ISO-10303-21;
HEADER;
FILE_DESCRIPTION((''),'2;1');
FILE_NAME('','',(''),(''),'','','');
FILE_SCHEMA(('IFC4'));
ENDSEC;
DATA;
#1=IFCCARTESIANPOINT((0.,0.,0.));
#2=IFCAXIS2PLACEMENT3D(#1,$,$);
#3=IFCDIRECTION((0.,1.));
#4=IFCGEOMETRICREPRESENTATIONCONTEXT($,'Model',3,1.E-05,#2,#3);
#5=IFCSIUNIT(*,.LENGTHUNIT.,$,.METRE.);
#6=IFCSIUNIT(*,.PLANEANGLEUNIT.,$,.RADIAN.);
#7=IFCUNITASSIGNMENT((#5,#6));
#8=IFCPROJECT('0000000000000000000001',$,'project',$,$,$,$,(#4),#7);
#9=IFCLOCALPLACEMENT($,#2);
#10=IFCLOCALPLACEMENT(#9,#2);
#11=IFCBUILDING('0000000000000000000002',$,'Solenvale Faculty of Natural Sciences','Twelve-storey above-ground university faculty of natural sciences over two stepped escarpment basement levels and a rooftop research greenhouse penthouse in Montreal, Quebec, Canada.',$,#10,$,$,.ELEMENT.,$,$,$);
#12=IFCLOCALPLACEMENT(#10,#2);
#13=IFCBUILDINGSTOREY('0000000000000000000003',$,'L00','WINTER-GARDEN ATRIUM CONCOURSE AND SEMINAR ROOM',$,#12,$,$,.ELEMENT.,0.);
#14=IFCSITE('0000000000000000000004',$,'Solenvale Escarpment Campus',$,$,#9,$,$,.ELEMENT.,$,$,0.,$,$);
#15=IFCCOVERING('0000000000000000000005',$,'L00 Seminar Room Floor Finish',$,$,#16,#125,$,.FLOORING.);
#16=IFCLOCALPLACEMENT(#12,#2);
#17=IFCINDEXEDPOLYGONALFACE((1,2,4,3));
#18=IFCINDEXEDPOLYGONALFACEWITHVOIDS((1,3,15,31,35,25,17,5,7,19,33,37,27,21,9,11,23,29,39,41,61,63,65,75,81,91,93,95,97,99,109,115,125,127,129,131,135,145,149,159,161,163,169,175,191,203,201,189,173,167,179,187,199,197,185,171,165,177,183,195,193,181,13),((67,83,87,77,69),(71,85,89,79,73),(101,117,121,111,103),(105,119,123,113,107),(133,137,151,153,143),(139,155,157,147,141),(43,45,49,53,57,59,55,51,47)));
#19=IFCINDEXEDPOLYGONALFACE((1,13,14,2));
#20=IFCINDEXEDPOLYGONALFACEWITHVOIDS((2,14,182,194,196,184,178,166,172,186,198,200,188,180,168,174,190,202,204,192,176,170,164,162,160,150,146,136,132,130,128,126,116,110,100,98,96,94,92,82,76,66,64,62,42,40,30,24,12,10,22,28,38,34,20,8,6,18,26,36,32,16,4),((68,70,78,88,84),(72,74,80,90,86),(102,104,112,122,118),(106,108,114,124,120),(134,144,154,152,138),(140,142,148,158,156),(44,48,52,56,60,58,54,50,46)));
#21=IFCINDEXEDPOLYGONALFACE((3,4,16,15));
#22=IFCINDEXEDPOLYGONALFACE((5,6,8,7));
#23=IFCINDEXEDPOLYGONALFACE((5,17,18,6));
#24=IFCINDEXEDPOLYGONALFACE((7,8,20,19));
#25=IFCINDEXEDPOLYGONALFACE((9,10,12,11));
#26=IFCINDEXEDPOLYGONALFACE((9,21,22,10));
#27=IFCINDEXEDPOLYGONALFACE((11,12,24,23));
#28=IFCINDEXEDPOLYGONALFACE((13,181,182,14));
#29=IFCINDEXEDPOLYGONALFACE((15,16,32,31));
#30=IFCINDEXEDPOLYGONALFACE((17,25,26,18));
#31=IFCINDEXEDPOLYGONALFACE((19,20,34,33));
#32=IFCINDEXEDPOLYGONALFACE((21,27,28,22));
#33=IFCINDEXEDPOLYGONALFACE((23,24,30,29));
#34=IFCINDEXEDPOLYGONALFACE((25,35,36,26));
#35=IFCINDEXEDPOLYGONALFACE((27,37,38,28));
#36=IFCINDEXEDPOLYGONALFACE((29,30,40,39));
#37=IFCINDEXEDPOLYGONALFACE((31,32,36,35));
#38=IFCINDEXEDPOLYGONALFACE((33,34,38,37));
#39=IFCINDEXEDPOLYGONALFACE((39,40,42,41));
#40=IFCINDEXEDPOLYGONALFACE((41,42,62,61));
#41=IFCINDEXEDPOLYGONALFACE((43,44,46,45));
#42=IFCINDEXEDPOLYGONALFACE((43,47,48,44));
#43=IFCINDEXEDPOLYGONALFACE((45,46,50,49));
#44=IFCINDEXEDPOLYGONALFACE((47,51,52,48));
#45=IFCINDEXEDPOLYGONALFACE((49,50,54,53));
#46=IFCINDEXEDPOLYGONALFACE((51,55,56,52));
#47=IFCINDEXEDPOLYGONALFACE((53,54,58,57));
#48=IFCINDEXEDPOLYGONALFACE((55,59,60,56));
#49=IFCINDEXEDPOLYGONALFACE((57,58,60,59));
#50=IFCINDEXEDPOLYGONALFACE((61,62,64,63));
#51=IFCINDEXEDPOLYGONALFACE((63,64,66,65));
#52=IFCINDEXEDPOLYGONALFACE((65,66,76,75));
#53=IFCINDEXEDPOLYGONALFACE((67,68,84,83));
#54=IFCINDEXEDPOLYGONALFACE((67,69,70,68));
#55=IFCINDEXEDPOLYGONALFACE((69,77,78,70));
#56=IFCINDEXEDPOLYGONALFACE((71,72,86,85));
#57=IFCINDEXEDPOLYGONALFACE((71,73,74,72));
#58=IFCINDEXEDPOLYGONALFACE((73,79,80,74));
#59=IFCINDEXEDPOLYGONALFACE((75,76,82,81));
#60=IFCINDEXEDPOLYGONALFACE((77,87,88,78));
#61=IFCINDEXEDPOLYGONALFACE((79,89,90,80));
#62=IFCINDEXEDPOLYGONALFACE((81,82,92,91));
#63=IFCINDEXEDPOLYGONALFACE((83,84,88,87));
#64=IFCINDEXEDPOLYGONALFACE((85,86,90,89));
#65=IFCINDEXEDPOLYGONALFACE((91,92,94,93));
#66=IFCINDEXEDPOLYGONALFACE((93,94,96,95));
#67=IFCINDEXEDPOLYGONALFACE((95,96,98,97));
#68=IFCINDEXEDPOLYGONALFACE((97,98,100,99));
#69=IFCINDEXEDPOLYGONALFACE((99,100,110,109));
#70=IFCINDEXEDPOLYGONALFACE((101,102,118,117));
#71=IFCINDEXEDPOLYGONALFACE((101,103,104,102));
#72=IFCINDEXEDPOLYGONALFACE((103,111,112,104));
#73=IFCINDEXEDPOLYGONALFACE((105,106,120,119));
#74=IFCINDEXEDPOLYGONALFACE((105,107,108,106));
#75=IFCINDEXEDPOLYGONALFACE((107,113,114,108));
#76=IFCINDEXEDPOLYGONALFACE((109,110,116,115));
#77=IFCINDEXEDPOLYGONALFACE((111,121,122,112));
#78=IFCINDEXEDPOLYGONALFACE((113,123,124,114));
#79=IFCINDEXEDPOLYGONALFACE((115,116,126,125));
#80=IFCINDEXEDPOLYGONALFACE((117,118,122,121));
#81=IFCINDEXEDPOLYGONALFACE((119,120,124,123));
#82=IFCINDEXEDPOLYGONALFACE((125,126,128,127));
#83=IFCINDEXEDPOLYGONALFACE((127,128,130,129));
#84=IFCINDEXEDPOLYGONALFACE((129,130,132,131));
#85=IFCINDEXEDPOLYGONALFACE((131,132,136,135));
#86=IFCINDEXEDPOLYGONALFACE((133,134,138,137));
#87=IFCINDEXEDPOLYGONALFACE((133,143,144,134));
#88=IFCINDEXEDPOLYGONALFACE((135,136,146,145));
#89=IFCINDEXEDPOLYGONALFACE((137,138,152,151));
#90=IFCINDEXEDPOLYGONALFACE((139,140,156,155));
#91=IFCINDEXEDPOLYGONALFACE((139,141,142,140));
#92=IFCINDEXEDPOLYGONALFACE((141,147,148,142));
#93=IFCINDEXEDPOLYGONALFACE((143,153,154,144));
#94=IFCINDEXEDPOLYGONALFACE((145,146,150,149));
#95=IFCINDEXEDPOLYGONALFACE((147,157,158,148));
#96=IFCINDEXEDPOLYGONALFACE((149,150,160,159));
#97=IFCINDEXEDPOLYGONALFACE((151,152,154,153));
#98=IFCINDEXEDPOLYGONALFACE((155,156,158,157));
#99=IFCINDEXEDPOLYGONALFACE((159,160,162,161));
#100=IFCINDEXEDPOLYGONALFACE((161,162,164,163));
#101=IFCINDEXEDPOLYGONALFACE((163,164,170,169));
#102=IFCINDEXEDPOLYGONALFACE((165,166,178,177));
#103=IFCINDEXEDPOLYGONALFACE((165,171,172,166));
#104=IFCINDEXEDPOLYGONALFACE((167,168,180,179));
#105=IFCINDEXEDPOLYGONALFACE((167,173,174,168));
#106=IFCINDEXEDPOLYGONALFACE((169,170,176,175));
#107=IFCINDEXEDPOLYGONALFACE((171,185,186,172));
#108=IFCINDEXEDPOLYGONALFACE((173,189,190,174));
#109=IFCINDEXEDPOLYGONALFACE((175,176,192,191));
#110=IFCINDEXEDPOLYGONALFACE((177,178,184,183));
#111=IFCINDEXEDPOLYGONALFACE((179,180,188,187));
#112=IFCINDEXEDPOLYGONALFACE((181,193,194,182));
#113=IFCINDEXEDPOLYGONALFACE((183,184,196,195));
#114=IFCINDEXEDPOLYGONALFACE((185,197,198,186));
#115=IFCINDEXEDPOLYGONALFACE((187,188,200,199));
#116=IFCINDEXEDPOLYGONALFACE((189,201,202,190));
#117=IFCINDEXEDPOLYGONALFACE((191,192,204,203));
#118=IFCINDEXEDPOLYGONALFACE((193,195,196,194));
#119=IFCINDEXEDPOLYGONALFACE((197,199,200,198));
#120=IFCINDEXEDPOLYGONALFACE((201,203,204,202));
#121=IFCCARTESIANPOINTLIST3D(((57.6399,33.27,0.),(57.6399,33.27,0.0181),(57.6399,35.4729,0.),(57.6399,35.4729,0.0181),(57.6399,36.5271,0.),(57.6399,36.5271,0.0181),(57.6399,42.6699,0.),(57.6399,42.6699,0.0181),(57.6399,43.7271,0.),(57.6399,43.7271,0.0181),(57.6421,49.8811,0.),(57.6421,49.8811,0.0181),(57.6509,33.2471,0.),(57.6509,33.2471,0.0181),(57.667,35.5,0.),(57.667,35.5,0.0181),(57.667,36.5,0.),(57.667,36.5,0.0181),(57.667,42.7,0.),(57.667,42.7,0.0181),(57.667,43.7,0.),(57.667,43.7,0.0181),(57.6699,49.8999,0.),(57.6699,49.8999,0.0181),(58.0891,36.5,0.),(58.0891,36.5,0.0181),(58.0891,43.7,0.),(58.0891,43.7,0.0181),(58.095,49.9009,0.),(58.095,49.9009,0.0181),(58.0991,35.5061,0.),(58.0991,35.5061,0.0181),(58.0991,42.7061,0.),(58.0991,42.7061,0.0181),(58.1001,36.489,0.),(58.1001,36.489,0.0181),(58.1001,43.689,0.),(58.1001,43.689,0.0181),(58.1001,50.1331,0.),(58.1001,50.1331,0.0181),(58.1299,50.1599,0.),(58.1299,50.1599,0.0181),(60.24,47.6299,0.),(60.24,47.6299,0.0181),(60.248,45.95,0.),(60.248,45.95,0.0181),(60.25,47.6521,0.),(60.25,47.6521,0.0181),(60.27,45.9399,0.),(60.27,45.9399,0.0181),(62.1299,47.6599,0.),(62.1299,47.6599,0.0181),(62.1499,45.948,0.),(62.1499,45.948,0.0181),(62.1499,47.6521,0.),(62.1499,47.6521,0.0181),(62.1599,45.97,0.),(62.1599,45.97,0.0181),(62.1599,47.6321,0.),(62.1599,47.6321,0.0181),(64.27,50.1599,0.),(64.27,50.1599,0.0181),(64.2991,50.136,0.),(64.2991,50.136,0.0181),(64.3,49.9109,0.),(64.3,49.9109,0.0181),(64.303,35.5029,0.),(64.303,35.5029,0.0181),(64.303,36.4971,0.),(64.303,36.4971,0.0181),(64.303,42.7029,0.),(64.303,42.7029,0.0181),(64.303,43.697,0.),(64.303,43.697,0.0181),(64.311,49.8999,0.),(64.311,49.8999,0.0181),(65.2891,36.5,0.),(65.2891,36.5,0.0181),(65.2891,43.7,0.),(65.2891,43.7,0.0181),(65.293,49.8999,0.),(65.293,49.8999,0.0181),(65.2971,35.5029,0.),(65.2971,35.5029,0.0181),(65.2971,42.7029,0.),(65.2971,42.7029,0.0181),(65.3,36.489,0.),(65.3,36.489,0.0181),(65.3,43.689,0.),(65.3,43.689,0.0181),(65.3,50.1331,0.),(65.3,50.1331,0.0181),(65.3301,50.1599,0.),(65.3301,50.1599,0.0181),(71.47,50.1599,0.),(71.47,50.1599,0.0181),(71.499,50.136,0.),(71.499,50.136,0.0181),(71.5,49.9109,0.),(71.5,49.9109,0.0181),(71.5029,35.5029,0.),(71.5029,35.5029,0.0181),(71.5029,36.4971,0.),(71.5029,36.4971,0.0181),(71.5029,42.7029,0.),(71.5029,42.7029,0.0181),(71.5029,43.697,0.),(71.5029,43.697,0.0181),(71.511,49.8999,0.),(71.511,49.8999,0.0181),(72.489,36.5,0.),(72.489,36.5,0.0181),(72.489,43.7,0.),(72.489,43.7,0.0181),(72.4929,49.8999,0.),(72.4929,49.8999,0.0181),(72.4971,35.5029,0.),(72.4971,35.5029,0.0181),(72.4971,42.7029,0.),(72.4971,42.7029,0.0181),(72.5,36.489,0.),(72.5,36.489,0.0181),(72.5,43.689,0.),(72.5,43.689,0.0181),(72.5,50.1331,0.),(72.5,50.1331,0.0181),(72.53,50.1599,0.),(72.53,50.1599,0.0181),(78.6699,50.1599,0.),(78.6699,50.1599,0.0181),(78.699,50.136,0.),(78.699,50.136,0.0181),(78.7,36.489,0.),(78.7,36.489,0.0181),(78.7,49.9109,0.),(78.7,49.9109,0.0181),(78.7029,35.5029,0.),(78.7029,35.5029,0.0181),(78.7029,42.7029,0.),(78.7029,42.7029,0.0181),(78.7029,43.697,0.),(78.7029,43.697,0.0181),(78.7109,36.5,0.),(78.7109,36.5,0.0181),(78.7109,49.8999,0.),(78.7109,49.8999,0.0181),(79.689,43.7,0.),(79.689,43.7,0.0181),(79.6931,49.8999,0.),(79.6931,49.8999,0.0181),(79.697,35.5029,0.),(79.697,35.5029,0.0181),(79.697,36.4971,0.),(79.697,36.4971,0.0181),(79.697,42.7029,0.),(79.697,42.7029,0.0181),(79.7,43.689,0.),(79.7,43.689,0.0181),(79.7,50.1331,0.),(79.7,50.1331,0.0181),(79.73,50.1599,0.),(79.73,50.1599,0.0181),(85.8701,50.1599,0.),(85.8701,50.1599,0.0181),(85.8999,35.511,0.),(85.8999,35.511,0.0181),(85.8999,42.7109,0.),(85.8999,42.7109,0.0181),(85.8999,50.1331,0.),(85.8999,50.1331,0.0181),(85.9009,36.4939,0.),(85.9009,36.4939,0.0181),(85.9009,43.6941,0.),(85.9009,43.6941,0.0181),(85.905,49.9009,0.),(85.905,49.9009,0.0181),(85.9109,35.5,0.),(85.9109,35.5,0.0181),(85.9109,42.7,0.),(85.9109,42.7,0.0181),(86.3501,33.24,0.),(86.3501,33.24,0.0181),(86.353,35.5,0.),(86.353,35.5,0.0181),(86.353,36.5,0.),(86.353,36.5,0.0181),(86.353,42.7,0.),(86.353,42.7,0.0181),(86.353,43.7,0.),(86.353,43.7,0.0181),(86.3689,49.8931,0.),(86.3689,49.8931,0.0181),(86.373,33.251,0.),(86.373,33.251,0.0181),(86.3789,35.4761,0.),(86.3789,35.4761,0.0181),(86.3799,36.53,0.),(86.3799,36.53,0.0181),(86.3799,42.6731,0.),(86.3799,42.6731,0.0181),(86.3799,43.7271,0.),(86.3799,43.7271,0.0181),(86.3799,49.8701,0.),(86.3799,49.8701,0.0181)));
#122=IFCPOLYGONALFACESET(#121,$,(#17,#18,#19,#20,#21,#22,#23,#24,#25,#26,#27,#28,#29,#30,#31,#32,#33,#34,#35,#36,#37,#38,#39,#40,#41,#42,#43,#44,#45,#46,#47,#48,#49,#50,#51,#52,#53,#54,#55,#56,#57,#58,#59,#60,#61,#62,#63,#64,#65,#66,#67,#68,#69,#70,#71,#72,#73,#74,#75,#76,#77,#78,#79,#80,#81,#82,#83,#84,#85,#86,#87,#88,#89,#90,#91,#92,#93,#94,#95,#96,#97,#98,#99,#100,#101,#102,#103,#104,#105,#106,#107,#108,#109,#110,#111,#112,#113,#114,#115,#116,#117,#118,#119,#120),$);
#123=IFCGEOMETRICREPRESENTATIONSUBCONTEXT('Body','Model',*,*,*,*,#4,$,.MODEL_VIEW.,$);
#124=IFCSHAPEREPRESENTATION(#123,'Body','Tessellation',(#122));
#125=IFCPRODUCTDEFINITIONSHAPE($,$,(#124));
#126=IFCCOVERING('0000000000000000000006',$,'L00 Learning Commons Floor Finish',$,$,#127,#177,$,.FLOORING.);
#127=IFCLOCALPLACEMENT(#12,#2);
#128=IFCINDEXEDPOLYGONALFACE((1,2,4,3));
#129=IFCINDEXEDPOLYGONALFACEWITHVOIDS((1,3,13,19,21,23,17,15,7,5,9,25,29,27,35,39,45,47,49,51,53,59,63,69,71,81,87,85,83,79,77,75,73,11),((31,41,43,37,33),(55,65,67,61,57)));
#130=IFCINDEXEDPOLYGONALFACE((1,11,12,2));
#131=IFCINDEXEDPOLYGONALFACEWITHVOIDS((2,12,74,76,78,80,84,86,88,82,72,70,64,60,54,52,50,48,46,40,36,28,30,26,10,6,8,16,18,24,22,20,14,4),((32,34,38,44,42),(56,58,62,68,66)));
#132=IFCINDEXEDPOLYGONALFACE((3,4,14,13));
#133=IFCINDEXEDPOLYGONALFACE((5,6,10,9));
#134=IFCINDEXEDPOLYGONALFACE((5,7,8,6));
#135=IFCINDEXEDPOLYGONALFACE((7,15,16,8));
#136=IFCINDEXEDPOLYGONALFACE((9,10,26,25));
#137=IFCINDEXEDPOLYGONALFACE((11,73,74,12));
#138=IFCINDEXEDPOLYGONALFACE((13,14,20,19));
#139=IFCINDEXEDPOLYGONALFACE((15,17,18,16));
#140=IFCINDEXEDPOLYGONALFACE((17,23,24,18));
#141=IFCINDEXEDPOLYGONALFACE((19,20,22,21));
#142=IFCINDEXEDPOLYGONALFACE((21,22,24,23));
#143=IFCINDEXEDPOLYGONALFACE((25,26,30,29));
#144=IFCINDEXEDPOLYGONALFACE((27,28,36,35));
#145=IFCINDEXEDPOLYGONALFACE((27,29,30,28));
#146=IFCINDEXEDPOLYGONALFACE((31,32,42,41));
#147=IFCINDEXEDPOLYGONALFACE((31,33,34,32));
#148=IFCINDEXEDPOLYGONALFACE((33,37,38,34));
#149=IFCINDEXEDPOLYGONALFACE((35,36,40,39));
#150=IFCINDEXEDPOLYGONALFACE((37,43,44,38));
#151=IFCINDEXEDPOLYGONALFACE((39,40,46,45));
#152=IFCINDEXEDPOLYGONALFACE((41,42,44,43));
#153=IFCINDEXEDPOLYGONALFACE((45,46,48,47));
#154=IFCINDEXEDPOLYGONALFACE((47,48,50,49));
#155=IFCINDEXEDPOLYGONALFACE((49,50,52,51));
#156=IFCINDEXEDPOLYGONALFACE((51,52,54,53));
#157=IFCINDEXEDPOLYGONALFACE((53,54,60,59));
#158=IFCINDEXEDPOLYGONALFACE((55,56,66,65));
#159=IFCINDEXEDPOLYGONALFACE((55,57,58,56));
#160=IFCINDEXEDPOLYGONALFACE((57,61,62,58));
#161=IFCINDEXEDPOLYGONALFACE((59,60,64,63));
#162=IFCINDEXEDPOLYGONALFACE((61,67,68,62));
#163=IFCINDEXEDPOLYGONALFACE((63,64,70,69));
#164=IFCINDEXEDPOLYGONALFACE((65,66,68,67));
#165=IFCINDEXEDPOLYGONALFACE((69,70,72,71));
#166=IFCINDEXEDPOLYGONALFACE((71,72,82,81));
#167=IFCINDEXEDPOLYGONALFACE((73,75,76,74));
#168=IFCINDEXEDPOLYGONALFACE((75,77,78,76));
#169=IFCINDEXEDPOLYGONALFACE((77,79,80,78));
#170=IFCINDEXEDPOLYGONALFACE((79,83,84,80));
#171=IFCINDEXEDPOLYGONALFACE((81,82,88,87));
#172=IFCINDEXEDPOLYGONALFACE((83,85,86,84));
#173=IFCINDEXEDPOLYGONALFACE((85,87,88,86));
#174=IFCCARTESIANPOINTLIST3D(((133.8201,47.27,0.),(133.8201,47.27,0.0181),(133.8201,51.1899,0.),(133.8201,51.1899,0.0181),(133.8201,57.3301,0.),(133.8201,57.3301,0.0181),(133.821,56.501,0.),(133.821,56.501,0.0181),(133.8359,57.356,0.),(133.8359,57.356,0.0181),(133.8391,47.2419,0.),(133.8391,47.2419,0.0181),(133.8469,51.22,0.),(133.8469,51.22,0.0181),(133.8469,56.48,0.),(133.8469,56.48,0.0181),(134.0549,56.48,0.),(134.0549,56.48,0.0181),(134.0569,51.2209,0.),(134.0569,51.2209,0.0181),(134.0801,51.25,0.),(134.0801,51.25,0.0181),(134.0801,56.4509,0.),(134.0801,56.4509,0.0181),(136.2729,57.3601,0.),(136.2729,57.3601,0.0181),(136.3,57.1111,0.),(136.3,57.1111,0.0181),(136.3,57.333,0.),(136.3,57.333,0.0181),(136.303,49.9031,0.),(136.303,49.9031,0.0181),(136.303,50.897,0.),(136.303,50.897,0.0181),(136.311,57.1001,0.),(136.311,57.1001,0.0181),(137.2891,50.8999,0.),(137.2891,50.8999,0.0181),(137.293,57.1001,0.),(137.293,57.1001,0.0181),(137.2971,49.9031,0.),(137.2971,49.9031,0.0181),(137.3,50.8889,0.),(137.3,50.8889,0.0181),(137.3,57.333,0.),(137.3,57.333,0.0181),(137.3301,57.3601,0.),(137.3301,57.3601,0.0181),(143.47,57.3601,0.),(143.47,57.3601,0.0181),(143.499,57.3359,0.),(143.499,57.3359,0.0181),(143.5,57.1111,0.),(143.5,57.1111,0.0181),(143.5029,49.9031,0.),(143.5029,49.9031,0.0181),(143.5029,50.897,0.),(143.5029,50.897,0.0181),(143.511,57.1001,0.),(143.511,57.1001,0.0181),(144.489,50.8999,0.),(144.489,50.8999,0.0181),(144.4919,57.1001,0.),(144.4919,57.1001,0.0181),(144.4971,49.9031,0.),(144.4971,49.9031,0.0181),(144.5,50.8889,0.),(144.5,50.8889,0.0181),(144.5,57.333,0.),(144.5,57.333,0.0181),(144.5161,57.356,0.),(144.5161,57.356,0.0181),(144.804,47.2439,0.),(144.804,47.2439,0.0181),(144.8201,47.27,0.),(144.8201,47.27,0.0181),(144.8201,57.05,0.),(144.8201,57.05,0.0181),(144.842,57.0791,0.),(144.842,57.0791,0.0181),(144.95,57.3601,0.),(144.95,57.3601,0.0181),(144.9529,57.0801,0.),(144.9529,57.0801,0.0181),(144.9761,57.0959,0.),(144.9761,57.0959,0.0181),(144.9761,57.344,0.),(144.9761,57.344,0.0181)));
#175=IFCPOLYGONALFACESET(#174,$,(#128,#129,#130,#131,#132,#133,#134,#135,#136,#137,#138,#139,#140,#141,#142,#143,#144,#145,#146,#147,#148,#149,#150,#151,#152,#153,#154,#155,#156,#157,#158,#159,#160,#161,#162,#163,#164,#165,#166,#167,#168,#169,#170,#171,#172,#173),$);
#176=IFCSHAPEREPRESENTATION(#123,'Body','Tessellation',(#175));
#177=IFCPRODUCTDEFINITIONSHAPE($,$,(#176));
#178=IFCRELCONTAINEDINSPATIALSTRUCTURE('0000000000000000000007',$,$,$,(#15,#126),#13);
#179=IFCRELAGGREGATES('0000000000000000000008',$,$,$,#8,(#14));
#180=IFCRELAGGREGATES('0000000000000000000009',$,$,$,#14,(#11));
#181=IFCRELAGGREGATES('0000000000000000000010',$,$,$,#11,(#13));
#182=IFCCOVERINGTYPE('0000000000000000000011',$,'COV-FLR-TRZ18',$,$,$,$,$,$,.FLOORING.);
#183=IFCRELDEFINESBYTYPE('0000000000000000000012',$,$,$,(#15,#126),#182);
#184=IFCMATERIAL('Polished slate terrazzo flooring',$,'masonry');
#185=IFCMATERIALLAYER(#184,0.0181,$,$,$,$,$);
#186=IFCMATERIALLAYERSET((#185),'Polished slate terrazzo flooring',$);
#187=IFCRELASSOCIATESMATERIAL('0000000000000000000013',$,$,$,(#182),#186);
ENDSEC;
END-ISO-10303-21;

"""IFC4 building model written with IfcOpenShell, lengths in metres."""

from ifc_helpers import new_model, si_unit, direction, origin, place, context, subcontext, project, spatial, polyline, outline, extrude, material, layer, layer_set, type_object, element, save


model = new_model("IFC4")

# Units and contexts
model_context = context("Model", 3, precision=1e-05, world=origin(), true_north=direction((0.0, 1.0)))
body_context = subcontext(model_context, "Body", "Model", "MODEL_VIEW")
ifc_project = project(units=[si_unit("LENGTHUNIT", "METRE"), si_unit("PLANEANGLEUNIT", "RADIAN")], contexts=[model_context])

# Site, building, storey
site_placement = place(None, origin())
site = spatial("IfcSite", under=ifc_project, at=site_placement, Name="Solenvale Escarpment Campus", CompositionType="ELEMENT", RefElevation=0.0)
building_placement = place(site_placement, origin())
building = spatial("IfcBuilding", under=site, at=building_placement, Name="Solenvale Faculty of Natural Sciences", Description="Twelve-storey above-ground university faculty of natural sciences over two stepped escarpment basement levels and a rooftop research greenhouse penthouse in Montreal, Quebec, Canada.", CompositionType="ELEMENT")
storey_placement = place(building_placement, origin())
storey = spatial("IfcBuildingStorey", under=building, at=storey_placement, Name="L00", Description="WINTER-GARDEN ATRIUM CONCOURSE AND SEMINAR ROOM", CompositionType="ELEMENT", Elevation=0.0)

# Coverings
ifc_material_1 = material(Name="Polished slate terrazzo flooring", Category="masonry")
ifc_layer_1 = layer(ifc_material_1, 0.0181)
ifc_layer_set_1 = layer_set([ifc_layer_1], Name="Polished slate terrazzo flooring")
covering_type_1 = type_object("IfcCoveringType", Name="COV-FLR-TRZ18", PredefinedType="FLOORING", material=ifc_layer_set_1)
covering_1_placement = place(storey_placement, origin())
element("IfcCovering", 1, at=covering_1_placement, inside=storey, type_object=covering_type_1, Name="L00 Seminar Room Floor Finish", PredefinedType="FLOORING", context=body_context, shape_type="SweptSolid", body=[
    extrude(outline(polyline([(64.27, 50.1599), (64.2991, 50.136), (64.3, 49.9109), (64.311, 49.8999), (65.293, 49.8999), (65.3, 50.1331), (65.3301, 50.1599), (71.47, 50.1599), (71.499, 50.136), (71.5, 49.9109), (71.511, 49.8999), (72.4929, 49.8999), (72.5, 50.1331), (72.53, 50.1599), (78.6699, 50.1599), (78.699, 50.136), (78.7, 49.9109), (78.7109, 49.8999), (79.6931, 49.8999), (79.7, 50.1331), (79.73, 50.1599), (85.8701, 50.1599), (85.8999, 50.1331), (85.905, 49.9009), (86.3689, 49.8931), (86.3799, 49.8701), (86.3799, 43.7271), (86.353, 43.7), (85.9009, 43.6941), (85.8999, 42.7109), (85.9109, 42.7), (86.353, 42.7), (86.3799, 42.6731), (86.3799, 36.53), (86.353, 36.5), (85.9009, 36.4939), (85.8999, 35.511), (85.9109, 35.5), (86.353, 35.5), (86.3789, 35.4761), (86.373, 33.251), (86.3501, 33.24), (57.6509, 33.2471), (57.6399, 33.27), (57.6399, 35.4729), (57.667, 35.5), (58.0991, 35.5061), (58.1001, 36.489), (58.0891, 36.5), (57.667, 36.5), (57.6399, 36.5271), (57.6399, 42.6699), (57.667, 42.7), (58.0991, 42.7061), (58.1001, 43.689), (58.0891, 43.7), (57.667, 43.7), (57.6399, 43.7271), (57.6421, 49.8811), (57.6699, 49.8999), (58.095, 49.9009), (58.1001, 50.1331), (58.1299, 50.1599), (64.27, 50.1599)]), holes=[polyline([(78.7109, 36.5), (78.7, 36.489), (78.7029, 35.5029), (79.697, 35.5029), (79.697, 36.4971), (78.7109, 36.5)]), polyline([(79.7, 43.689), (79.689, 43.7), (78.7029, 43.697), (78.7029, 42.7029), (79.697, 42.7029), (79.7, 43.689)]), polyline([(72.5, 36.489), (72.489, 36.5), (71.5029, 36.4971), (71.5029, 35.5029), (72.4971, 35.5029), (72.5, 36.489)]), polyline([(72.5, 43.689), (72.489, 43.7), (71.5029, 43.697), (71.5029, 42.7029), (72.4971, 42.7029), (72.5, 43.689)]), polyline([(65.3, 36.489), (65.2891, 36.5), (64.303, 36.4971), (64.303, 35.5029), (65.2971, 35.5029), (65.3, 36.489)]), polyline([(65.3, 43.689), (65.2891, 43.7), (64.303, 43.697), (64.303, 42.7029), (65.2971, 42.7029), (65.3, 43.689)]), polyline([(62.1599, 47.6321), (62.1499, 47.6521), (62.1299, 47.6599), (60.25, 47.6521), (60.24, 47.6299), (60.248, 45.95), (60.27, 45.9399), (62.1499, 45.948), (62.1599, 45.97), (62.1599, 47.6321)])]), origin(), (0.0, 0.0, 1.0), 0.0181),
])
covering_2_placement = place(storey_placement, origin())
element("IfcCovering", 2, at=covering_2_placement, inside=storey, type_object=covering_type_1, Name="L00 Learning Commons Floor Finish", PredefinedType="FLOORING", context=body_context, shape_type="SweptSolid", body=[
    extrude(outline(polyline([(133.8201, 51.1899), (133.8469, 51.22), (134.0569, 51.2209), (134.0801, 51.25), (134.0801, 56.4509), (134.0549, 56.48), (133.8469, 56.48), (133.821, 56.501), (133.8201, 57.3301), (133.8359, 57.356), (136.2729, 57.3601), (136.3, 57.333), (136.3, 57.1111), (136.311, 57.1001), (137.293, 57.1001), (137.3, 57.333), (137.3301, 57.3601), (143.47, 57.3601), (143.499, 57.3359), (143.5, 57.1111), (143.511, 57.1001), (144.4919, 57.1001), (144.5, 57.333), (144.5161, 57.356), (144.95, 57.3601), (144.9761, 57.344), (144.9761, 57.0959), (144.9529, 57.0801), (144.842, 57.0791), (144.8201, 57.05), (144.8201, 47.27), (144.804, 47.2439), (133.8391, 47.2419), (133.8201, 47.27), (133.8201, 51.1899)]), holes=[polyline([(144.5, 50.8889), (144.489, 50.8999), (143.5029, 50.897), (143.5029, 49.9031), (144.4971, 49.9031), (144.5, 50.8889)]), polyline([(137.3, 50.8889), (137.2891, 50.8999), (136.303, 50.897), (136.303, 49.9031), (137.2971, 49.9031), (137.3, 50.8889)])]), origin(), (0.0, 0.0, 1.0), 0.0181),
])

save(model, "model.ifc")
